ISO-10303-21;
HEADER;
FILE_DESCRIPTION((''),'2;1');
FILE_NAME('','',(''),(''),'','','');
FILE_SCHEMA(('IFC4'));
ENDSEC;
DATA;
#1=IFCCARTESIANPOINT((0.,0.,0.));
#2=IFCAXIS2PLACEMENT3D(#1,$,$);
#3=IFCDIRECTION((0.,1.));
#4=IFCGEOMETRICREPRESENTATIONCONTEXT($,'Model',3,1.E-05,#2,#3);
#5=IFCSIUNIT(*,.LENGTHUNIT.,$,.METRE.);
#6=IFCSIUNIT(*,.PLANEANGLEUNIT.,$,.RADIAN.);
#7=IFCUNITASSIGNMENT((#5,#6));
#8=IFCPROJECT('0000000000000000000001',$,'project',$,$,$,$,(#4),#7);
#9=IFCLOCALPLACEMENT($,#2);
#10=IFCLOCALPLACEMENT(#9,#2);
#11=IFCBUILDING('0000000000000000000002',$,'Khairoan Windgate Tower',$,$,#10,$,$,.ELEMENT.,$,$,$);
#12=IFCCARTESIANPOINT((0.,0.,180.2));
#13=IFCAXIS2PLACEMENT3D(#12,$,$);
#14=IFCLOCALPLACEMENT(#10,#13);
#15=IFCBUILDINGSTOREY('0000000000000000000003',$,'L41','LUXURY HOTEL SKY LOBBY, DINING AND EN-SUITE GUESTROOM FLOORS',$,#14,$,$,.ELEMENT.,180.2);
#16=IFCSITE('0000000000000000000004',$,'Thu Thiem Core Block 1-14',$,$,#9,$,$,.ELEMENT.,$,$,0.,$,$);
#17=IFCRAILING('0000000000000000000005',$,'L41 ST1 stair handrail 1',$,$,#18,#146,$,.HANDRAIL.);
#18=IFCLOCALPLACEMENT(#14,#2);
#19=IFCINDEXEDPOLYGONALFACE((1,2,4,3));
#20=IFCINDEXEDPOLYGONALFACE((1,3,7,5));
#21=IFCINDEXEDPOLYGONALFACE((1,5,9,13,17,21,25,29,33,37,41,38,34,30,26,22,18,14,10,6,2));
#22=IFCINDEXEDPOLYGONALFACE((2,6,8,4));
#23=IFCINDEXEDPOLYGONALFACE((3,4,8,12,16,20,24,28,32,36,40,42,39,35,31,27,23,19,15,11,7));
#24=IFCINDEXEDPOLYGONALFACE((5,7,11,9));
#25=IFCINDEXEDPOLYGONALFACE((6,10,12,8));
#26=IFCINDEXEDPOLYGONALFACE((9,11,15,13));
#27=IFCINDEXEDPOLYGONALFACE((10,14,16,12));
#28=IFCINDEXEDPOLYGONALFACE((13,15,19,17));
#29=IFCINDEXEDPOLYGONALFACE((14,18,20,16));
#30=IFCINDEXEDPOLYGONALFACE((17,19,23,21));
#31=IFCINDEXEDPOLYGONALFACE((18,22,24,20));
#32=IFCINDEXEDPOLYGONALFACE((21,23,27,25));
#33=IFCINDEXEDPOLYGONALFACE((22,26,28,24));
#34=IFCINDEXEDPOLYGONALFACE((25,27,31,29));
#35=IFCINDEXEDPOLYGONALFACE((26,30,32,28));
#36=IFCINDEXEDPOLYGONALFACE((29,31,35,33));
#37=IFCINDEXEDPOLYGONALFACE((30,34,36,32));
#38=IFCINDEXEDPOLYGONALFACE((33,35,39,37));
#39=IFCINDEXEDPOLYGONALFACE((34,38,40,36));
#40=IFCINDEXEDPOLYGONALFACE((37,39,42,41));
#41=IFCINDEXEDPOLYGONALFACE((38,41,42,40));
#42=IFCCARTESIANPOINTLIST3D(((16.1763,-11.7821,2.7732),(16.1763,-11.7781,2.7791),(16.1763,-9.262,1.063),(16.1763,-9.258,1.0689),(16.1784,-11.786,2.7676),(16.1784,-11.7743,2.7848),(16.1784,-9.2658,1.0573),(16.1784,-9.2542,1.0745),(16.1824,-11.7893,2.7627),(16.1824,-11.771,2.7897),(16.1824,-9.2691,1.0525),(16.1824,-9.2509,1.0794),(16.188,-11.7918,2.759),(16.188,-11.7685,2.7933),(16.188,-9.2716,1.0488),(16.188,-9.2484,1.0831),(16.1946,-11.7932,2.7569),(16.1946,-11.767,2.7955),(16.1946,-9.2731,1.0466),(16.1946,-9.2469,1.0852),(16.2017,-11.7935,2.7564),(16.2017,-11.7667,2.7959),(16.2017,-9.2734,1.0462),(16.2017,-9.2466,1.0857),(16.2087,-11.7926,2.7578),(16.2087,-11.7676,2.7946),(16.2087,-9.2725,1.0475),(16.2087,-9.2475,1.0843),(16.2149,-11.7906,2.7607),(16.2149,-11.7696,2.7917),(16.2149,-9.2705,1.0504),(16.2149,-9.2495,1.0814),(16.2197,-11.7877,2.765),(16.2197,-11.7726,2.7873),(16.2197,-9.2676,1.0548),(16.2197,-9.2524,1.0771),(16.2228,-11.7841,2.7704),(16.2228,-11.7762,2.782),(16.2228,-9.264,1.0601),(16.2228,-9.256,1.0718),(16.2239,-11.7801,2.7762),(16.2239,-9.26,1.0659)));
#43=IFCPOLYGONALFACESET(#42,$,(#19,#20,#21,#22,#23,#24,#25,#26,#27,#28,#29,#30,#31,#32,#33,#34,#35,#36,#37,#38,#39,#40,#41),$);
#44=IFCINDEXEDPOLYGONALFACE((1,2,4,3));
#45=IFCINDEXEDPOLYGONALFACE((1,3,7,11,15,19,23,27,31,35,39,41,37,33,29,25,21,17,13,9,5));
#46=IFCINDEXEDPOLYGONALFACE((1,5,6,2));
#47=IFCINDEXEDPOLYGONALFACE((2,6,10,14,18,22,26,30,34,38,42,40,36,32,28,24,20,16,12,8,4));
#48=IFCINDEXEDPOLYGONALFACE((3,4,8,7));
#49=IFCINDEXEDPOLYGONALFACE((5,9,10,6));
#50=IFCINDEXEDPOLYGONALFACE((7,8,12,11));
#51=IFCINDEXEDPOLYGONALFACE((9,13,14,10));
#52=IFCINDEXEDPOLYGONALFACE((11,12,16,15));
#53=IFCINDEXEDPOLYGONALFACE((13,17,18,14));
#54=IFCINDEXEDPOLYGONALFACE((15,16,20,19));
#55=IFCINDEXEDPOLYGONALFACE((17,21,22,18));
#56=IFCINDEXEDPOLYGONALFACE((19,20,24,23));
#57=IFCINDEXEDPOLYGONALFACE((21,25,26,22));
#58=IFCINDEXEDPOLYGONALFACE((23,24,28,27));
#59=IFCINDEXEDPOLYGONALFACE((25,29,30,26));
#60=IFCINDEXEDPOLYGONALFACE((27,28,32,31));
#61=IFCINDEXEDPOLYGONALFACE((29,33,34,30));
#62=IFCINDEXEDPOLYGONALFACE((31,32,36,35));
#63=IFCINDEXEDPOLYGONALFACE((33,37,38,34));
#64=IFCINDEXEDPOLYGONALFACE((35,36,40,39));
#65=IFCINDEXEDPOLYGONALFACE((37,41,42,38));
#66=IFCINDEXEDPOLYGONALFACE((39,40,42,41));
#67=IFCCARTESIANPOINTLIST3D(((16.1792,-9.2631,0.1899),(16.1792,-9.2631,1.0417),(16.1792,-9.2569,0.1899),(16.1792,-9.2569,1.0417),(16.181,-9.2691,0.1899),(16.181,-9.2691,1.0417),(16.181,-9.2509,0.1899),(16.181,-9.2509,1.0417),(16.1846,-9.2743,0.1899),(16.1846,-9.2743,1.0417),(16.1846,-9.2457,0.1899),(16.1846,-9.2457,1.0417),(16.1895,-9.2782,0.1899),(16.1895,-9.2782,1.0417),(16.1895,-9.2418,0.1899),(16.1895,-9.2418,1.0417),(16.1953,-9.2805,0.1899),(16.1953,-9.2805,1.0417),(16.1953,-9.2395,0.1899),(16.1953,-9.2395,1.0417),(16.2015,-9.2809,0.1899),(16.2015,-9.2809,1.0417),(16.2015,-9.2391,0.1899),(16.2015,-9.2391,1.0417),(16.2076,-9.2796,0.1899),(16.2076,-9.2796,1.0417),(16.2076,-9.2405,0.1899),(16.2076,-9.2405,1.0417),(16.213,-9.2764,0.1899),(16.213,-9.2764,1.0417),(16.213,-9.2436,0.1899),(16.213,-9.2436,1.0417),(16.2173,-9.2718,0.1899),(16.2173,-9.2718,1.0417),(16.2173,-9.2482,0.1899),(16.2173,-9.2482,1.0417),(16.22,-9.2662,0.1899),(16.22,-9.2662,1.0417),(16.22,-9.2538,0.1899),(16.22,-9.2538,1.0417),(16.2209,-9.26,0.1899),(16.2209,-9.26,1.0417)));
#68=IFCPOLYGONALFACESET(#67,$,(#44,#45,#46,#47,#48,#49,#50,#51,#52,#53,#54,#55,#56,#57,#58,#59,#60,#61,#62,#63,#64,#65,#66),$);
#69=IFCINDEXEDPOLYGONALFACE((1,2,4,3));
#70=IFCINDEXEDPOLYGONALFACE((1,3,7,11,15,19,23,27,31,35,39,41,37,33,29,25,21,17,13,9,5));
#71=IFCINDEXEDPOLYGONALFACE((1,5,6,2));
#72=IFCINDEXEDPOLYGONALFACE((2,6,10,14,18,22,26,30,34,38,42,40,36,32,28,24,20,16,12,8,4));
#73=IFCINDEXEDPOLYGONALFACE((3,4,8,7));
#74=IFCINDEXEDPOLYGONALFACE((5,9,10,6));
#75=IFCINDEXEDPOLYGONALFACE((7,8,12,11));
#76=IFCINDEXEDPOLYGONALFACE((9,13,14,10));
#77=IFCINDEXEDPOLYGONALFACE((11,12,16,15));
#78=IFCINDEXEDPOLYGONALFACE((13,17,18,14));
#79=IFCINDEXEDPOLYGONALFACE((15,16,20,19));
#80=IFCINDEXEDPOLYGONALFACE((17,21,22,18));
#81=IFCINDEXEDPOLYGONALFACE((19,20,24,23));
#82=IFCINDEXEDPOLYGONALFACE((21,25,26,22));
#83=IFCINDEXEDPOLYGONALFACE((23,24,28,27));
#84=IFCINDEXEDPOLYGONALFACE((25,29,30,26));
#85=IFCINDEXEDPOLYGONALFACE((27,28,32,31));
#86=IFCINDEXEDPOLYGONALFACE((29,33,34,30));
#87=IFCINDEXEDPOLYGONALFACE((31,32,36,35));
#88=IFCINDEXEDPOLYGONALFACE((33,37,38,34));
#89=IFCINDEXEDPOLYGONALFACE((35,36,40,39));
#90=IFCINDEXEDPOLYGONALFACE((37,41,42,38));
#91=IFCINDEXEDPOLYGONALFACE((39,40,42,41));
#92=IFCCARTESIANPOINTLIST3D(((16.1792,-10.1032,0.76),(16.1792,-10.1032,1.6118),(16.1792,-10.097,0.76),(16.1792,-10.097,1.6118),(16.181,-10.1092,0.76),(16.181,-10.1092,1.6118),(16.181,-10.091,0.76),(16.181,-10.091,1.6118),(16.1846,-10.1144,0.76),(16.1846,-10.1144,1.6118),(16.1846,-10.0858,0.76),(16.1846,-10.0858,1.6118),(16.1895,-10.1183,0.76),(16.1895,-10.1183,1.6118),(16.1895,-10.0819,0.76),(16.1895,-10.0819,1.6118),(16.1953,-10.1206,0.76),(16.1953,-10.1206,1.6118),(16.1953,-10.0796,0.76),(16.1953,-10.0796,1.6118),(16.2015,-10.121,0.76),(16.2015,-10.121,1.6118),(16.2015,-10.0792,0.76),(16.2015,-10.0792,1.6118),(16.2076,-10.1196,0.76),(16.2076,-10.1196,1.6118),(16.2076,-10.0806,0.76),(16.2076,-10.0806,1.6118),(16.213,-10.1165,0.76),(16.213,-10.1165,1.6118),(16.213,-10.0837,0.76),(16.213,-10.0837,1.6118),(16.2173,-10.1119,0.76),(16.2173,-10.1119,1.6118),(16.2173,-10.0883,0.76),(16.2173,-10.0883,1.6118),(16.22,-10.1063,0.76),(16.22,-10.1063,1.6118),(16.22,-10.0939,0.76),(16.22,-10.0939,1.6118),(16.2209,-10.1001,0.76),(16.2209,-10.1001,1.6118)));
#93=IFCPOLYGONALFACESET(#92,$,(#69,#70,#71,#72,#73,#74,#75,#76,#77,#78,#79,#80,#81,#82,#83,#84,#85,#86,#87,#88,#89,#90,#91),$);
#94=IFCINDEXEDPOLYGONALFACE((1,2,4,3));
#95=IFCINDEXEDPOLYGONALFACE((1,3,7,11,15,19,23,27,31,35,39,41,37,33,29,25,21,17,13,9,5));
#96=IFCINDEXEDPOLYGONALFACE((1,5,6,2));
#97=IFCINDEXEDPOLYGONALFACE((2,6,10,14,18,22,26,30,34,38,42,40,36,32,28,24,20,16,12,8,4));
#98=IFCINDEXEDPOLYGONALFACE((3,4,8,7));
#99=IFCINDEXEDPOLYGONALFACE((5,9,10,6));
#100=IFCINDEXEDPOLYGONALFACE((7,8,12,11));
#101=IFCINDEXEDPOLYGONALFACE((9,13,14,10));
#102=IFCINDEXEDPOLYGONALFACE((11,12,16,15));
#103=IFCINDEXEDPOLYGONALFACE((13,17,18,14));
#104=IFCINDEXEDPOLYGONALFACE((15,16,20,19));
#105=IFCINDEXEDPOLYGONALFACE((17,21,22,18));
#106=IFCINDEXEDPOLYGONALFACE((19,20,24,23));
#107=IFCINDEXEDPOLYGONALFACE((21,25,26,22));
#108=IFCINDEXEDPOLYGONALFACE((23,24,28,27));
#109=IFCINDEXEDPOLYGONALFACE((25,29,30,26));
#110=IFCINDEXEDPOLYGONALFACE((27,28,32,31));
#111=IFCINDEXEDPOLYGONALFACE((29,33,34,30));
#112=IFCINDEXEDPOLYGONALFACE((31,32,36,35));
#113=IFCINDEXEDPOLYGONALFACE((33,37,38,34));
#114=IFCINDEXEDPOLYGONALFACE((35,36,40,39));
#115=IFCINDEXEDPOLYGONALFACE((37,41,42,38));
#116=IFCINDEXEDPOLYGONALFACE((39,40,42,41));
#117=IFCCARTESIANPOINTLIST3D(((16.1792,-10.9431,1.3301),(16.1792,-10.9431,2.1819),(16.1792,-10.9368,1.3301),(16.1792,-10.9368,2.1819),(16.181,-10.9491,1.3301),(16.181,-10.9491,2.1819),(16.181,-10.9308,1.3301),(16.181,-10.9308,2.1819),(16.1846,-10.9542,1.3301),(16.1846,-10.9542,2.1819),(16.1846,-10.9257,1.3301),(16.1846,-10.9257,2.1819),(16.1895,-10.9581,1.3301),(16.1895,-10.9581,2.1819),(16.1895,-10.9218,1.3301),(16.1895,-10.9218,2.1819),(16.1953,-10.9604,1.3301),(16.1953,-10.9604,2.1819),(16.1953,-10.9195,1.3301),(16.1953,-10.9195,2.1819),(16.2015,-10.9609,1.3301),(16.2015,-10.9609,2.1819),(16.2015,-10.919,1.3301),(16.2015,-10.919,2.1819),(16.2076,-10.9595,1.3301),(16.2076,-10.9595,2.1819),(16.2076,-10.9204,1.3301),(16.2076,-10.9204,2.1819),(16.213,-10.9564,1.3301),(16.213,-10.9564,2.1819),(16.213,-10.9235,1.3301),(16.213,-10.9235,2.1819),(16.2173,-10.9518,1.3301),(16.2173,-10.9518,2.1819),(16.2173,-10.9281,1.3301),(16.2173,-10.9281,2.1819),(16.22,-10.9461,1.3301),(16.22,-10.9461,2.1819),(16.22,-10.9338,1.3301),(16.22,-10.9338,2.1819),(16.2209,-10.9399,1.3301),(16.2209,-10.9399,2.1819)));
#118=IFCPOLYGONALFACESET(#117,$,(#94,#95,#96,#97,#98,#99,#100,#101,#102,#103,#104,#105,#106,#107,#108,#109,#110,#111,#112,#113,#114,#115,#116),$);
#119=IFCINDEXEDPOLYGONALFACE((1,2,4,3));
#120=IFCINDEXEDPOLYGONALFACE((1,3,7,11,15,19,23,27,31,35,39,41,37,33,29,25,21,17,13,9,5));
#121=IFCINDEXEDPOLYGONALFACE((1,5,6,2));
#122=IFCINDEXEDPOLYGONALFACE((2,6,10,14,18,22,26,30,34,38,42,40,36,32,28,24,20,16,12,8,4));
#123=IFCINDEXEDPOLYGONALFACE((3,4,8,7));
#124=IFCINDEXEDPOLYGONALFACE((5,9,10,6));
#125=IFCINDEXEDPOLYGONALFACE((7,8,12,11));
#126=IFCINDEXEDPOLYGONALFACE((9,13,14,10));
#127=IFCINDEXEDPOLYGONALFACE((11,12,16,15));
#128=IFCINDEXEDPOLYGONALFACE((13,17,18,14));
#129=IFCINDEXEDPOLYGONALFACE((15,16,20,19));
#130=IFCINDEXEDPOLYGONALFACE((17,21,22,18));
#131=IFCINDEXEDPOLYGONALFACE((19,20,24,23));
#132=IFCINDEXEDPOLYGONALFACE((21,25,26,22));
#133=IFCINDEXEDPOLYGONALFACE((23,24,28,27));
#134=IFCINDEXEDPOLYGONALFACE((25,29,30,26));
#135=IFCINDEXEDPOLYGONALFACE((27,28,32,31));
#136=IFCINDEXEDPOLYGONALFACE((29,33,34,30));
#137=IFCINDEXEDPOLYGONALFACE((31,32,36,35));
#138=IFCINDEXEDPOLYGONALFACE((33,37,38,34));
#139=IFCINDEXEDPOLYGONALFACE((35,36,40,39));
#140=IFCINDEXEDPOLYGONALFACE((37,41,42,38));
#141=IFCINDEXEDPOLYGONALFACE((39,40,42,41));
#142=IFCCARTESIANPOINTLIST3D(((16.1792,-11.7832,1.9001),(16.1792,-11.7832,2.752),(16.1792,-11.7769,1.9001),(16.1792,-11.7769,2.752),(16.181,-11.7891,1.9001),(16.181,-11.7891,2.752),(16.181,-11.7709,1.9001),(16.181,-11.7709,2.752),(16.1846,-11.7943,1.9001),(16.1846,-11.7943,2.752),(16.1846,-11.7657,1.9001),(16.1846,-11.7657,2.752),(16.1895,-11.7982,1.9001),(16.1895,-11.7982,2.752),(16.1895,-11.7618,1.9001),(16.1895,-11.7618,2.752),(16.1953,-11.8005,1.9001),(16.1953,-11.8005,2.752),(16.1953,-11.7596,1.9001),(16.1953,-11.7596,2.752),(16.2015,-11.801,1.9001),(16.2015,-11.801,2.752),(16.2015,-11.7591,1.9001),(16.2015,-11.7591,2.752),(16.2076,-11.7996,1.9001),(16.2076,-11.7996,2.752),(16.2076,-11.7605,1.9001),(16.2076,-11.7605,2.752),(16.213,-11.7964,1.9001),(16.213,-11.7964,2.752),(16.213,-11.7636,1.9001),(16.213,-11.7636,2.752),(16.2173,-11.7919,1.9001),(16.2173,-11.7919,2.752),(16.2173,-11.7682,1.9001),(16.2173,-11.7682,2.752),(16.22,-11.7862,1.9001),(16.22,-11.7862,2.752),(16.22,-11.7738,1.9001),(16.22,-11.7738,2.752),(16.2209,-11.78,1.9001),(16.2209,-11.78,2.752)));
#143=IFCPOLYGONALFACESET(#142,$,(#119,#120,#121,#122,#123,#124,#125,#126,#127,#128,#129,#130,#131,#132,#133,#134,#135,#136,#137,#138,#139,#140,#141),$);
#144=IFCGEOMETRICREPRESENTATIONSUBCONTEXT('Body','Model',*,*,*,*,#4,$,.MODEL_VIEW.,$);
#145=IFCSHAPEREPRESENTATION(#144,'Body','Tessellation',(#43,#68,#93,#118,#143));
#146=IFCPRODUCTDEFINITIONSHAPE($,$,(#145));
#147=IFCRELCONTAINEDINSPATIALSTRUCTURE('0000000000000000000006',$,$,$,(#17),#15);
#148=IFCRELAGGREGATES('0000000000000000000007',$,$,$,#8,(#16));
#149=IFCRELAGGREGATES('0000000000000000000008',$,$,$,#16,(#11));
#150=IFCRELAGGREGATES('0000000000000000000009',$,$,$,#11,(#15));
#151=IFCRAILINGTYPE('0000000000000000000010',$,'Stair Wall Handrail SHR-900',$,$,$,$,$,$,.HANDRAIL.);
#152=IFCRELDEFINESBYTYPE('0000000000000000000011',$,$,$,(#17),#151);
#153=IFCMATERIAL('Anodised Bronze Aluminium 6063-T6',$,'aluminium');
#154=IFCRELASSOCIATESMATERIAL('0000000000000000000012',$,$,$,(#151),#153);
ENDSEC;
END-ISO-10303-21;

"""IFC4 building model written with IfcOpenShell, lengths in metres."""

from ifc_helpers import new_model, si_unit, direction, frame, origin, origin_2d, place, context, subcontext, project, spatial, circle, extrude, material, type_object, element, save


model = new_model("IFC4")

# Units and contexts
model_context = context("Model", 3, precision=1e-05, world=origin(), true_north=direction((0.0, 1.0)))
body_context = subcontext(model_context, "Body", "Model", "MODEL_VIEW")
ifc_project = project(units=[si_unit("LENGTHUNIT", "METRE"), si_unit("PLANEANGLEUNIT", "RADIAN")], contexts=[model_context])

# Site, building, storey
site_placement = place(None, origin())
site = spatial("IfcSite", under=ifc_project, at=site_placement, Name="Thu Thiem Core Block 1-14", CompositionType="ELEMENT", RefElevation=0.0)
building_placement = place(site_placement, origin())
building = spatial("IfcBuilding", under=site, at=building_placement, Name="Khairoan Windgate Tower", CompositionType="ELEMENT")
storey_placement = place(building_placement, frame((0.0, 0.0, 180.2)))
storey = spatial("IfcBuildingStorey", under=building, at=storey_placement, Name="L41", Description="LUXURY HOTEL SKY LOBBY, DINING AND EN-SUITE GUESTROOM FLOORS", CompositionType="ELEMENT", Elevation=180.2)

# Railing
ifc_material_1 = material(Name="Anodised Bronze Aluminium 6063-T6", Category="aluminium")
railing_type_1 = type_object("IfcRailingType", Name="Stair Wall Handrail SHR-900", PredefinedType="HANDRAIL", material=ifc_material_1)
railing_1_placement = place(storey_placement, frame((16.2, -9.26, 0.1899)))
element("IfcRailing", 1, at=railing_1_placement, inside=storey, type_object=railing_type_1, Name="L41 ST1 stair handrail 1", PredefinedType="HANDRAIL", context=body_context, shape_type="SweptSolid", body=[
    extrude(circle(Radius=0.0239, at=origin_2d()), frame((0.0, 0.0, 0.876), z_axis=(0.0, -0.827447, 0.561545), x_axis=(1.0, 0.0, 0.0)), (0.0, 0.0, 1.0), 3.0457),
    extrude(circle(Radius=0.021, at=origin_2d()), origin(), (0.0, 0.0, 1.0), 0.8518),
    extrude(circle(Radius=0.021, at=origin_2d()), frame((0.0, -0.8401, 0.5701)), (0.0, 0.0, 1.0), 0.8518),
    extrude(circle(Radius=0.021, at=origin_2d()), frame((0.0, -1.6799, 1.1401)), (0.0, 0.0, 1.0), 0.8518),
    extrude(circle(Radius=0.021, at=origin_2d()), frame((0.0, -2.52, 1.7102)), (0.0, 0.0, 1.0), 0.8518),
])

save(model, "model.ifc")
